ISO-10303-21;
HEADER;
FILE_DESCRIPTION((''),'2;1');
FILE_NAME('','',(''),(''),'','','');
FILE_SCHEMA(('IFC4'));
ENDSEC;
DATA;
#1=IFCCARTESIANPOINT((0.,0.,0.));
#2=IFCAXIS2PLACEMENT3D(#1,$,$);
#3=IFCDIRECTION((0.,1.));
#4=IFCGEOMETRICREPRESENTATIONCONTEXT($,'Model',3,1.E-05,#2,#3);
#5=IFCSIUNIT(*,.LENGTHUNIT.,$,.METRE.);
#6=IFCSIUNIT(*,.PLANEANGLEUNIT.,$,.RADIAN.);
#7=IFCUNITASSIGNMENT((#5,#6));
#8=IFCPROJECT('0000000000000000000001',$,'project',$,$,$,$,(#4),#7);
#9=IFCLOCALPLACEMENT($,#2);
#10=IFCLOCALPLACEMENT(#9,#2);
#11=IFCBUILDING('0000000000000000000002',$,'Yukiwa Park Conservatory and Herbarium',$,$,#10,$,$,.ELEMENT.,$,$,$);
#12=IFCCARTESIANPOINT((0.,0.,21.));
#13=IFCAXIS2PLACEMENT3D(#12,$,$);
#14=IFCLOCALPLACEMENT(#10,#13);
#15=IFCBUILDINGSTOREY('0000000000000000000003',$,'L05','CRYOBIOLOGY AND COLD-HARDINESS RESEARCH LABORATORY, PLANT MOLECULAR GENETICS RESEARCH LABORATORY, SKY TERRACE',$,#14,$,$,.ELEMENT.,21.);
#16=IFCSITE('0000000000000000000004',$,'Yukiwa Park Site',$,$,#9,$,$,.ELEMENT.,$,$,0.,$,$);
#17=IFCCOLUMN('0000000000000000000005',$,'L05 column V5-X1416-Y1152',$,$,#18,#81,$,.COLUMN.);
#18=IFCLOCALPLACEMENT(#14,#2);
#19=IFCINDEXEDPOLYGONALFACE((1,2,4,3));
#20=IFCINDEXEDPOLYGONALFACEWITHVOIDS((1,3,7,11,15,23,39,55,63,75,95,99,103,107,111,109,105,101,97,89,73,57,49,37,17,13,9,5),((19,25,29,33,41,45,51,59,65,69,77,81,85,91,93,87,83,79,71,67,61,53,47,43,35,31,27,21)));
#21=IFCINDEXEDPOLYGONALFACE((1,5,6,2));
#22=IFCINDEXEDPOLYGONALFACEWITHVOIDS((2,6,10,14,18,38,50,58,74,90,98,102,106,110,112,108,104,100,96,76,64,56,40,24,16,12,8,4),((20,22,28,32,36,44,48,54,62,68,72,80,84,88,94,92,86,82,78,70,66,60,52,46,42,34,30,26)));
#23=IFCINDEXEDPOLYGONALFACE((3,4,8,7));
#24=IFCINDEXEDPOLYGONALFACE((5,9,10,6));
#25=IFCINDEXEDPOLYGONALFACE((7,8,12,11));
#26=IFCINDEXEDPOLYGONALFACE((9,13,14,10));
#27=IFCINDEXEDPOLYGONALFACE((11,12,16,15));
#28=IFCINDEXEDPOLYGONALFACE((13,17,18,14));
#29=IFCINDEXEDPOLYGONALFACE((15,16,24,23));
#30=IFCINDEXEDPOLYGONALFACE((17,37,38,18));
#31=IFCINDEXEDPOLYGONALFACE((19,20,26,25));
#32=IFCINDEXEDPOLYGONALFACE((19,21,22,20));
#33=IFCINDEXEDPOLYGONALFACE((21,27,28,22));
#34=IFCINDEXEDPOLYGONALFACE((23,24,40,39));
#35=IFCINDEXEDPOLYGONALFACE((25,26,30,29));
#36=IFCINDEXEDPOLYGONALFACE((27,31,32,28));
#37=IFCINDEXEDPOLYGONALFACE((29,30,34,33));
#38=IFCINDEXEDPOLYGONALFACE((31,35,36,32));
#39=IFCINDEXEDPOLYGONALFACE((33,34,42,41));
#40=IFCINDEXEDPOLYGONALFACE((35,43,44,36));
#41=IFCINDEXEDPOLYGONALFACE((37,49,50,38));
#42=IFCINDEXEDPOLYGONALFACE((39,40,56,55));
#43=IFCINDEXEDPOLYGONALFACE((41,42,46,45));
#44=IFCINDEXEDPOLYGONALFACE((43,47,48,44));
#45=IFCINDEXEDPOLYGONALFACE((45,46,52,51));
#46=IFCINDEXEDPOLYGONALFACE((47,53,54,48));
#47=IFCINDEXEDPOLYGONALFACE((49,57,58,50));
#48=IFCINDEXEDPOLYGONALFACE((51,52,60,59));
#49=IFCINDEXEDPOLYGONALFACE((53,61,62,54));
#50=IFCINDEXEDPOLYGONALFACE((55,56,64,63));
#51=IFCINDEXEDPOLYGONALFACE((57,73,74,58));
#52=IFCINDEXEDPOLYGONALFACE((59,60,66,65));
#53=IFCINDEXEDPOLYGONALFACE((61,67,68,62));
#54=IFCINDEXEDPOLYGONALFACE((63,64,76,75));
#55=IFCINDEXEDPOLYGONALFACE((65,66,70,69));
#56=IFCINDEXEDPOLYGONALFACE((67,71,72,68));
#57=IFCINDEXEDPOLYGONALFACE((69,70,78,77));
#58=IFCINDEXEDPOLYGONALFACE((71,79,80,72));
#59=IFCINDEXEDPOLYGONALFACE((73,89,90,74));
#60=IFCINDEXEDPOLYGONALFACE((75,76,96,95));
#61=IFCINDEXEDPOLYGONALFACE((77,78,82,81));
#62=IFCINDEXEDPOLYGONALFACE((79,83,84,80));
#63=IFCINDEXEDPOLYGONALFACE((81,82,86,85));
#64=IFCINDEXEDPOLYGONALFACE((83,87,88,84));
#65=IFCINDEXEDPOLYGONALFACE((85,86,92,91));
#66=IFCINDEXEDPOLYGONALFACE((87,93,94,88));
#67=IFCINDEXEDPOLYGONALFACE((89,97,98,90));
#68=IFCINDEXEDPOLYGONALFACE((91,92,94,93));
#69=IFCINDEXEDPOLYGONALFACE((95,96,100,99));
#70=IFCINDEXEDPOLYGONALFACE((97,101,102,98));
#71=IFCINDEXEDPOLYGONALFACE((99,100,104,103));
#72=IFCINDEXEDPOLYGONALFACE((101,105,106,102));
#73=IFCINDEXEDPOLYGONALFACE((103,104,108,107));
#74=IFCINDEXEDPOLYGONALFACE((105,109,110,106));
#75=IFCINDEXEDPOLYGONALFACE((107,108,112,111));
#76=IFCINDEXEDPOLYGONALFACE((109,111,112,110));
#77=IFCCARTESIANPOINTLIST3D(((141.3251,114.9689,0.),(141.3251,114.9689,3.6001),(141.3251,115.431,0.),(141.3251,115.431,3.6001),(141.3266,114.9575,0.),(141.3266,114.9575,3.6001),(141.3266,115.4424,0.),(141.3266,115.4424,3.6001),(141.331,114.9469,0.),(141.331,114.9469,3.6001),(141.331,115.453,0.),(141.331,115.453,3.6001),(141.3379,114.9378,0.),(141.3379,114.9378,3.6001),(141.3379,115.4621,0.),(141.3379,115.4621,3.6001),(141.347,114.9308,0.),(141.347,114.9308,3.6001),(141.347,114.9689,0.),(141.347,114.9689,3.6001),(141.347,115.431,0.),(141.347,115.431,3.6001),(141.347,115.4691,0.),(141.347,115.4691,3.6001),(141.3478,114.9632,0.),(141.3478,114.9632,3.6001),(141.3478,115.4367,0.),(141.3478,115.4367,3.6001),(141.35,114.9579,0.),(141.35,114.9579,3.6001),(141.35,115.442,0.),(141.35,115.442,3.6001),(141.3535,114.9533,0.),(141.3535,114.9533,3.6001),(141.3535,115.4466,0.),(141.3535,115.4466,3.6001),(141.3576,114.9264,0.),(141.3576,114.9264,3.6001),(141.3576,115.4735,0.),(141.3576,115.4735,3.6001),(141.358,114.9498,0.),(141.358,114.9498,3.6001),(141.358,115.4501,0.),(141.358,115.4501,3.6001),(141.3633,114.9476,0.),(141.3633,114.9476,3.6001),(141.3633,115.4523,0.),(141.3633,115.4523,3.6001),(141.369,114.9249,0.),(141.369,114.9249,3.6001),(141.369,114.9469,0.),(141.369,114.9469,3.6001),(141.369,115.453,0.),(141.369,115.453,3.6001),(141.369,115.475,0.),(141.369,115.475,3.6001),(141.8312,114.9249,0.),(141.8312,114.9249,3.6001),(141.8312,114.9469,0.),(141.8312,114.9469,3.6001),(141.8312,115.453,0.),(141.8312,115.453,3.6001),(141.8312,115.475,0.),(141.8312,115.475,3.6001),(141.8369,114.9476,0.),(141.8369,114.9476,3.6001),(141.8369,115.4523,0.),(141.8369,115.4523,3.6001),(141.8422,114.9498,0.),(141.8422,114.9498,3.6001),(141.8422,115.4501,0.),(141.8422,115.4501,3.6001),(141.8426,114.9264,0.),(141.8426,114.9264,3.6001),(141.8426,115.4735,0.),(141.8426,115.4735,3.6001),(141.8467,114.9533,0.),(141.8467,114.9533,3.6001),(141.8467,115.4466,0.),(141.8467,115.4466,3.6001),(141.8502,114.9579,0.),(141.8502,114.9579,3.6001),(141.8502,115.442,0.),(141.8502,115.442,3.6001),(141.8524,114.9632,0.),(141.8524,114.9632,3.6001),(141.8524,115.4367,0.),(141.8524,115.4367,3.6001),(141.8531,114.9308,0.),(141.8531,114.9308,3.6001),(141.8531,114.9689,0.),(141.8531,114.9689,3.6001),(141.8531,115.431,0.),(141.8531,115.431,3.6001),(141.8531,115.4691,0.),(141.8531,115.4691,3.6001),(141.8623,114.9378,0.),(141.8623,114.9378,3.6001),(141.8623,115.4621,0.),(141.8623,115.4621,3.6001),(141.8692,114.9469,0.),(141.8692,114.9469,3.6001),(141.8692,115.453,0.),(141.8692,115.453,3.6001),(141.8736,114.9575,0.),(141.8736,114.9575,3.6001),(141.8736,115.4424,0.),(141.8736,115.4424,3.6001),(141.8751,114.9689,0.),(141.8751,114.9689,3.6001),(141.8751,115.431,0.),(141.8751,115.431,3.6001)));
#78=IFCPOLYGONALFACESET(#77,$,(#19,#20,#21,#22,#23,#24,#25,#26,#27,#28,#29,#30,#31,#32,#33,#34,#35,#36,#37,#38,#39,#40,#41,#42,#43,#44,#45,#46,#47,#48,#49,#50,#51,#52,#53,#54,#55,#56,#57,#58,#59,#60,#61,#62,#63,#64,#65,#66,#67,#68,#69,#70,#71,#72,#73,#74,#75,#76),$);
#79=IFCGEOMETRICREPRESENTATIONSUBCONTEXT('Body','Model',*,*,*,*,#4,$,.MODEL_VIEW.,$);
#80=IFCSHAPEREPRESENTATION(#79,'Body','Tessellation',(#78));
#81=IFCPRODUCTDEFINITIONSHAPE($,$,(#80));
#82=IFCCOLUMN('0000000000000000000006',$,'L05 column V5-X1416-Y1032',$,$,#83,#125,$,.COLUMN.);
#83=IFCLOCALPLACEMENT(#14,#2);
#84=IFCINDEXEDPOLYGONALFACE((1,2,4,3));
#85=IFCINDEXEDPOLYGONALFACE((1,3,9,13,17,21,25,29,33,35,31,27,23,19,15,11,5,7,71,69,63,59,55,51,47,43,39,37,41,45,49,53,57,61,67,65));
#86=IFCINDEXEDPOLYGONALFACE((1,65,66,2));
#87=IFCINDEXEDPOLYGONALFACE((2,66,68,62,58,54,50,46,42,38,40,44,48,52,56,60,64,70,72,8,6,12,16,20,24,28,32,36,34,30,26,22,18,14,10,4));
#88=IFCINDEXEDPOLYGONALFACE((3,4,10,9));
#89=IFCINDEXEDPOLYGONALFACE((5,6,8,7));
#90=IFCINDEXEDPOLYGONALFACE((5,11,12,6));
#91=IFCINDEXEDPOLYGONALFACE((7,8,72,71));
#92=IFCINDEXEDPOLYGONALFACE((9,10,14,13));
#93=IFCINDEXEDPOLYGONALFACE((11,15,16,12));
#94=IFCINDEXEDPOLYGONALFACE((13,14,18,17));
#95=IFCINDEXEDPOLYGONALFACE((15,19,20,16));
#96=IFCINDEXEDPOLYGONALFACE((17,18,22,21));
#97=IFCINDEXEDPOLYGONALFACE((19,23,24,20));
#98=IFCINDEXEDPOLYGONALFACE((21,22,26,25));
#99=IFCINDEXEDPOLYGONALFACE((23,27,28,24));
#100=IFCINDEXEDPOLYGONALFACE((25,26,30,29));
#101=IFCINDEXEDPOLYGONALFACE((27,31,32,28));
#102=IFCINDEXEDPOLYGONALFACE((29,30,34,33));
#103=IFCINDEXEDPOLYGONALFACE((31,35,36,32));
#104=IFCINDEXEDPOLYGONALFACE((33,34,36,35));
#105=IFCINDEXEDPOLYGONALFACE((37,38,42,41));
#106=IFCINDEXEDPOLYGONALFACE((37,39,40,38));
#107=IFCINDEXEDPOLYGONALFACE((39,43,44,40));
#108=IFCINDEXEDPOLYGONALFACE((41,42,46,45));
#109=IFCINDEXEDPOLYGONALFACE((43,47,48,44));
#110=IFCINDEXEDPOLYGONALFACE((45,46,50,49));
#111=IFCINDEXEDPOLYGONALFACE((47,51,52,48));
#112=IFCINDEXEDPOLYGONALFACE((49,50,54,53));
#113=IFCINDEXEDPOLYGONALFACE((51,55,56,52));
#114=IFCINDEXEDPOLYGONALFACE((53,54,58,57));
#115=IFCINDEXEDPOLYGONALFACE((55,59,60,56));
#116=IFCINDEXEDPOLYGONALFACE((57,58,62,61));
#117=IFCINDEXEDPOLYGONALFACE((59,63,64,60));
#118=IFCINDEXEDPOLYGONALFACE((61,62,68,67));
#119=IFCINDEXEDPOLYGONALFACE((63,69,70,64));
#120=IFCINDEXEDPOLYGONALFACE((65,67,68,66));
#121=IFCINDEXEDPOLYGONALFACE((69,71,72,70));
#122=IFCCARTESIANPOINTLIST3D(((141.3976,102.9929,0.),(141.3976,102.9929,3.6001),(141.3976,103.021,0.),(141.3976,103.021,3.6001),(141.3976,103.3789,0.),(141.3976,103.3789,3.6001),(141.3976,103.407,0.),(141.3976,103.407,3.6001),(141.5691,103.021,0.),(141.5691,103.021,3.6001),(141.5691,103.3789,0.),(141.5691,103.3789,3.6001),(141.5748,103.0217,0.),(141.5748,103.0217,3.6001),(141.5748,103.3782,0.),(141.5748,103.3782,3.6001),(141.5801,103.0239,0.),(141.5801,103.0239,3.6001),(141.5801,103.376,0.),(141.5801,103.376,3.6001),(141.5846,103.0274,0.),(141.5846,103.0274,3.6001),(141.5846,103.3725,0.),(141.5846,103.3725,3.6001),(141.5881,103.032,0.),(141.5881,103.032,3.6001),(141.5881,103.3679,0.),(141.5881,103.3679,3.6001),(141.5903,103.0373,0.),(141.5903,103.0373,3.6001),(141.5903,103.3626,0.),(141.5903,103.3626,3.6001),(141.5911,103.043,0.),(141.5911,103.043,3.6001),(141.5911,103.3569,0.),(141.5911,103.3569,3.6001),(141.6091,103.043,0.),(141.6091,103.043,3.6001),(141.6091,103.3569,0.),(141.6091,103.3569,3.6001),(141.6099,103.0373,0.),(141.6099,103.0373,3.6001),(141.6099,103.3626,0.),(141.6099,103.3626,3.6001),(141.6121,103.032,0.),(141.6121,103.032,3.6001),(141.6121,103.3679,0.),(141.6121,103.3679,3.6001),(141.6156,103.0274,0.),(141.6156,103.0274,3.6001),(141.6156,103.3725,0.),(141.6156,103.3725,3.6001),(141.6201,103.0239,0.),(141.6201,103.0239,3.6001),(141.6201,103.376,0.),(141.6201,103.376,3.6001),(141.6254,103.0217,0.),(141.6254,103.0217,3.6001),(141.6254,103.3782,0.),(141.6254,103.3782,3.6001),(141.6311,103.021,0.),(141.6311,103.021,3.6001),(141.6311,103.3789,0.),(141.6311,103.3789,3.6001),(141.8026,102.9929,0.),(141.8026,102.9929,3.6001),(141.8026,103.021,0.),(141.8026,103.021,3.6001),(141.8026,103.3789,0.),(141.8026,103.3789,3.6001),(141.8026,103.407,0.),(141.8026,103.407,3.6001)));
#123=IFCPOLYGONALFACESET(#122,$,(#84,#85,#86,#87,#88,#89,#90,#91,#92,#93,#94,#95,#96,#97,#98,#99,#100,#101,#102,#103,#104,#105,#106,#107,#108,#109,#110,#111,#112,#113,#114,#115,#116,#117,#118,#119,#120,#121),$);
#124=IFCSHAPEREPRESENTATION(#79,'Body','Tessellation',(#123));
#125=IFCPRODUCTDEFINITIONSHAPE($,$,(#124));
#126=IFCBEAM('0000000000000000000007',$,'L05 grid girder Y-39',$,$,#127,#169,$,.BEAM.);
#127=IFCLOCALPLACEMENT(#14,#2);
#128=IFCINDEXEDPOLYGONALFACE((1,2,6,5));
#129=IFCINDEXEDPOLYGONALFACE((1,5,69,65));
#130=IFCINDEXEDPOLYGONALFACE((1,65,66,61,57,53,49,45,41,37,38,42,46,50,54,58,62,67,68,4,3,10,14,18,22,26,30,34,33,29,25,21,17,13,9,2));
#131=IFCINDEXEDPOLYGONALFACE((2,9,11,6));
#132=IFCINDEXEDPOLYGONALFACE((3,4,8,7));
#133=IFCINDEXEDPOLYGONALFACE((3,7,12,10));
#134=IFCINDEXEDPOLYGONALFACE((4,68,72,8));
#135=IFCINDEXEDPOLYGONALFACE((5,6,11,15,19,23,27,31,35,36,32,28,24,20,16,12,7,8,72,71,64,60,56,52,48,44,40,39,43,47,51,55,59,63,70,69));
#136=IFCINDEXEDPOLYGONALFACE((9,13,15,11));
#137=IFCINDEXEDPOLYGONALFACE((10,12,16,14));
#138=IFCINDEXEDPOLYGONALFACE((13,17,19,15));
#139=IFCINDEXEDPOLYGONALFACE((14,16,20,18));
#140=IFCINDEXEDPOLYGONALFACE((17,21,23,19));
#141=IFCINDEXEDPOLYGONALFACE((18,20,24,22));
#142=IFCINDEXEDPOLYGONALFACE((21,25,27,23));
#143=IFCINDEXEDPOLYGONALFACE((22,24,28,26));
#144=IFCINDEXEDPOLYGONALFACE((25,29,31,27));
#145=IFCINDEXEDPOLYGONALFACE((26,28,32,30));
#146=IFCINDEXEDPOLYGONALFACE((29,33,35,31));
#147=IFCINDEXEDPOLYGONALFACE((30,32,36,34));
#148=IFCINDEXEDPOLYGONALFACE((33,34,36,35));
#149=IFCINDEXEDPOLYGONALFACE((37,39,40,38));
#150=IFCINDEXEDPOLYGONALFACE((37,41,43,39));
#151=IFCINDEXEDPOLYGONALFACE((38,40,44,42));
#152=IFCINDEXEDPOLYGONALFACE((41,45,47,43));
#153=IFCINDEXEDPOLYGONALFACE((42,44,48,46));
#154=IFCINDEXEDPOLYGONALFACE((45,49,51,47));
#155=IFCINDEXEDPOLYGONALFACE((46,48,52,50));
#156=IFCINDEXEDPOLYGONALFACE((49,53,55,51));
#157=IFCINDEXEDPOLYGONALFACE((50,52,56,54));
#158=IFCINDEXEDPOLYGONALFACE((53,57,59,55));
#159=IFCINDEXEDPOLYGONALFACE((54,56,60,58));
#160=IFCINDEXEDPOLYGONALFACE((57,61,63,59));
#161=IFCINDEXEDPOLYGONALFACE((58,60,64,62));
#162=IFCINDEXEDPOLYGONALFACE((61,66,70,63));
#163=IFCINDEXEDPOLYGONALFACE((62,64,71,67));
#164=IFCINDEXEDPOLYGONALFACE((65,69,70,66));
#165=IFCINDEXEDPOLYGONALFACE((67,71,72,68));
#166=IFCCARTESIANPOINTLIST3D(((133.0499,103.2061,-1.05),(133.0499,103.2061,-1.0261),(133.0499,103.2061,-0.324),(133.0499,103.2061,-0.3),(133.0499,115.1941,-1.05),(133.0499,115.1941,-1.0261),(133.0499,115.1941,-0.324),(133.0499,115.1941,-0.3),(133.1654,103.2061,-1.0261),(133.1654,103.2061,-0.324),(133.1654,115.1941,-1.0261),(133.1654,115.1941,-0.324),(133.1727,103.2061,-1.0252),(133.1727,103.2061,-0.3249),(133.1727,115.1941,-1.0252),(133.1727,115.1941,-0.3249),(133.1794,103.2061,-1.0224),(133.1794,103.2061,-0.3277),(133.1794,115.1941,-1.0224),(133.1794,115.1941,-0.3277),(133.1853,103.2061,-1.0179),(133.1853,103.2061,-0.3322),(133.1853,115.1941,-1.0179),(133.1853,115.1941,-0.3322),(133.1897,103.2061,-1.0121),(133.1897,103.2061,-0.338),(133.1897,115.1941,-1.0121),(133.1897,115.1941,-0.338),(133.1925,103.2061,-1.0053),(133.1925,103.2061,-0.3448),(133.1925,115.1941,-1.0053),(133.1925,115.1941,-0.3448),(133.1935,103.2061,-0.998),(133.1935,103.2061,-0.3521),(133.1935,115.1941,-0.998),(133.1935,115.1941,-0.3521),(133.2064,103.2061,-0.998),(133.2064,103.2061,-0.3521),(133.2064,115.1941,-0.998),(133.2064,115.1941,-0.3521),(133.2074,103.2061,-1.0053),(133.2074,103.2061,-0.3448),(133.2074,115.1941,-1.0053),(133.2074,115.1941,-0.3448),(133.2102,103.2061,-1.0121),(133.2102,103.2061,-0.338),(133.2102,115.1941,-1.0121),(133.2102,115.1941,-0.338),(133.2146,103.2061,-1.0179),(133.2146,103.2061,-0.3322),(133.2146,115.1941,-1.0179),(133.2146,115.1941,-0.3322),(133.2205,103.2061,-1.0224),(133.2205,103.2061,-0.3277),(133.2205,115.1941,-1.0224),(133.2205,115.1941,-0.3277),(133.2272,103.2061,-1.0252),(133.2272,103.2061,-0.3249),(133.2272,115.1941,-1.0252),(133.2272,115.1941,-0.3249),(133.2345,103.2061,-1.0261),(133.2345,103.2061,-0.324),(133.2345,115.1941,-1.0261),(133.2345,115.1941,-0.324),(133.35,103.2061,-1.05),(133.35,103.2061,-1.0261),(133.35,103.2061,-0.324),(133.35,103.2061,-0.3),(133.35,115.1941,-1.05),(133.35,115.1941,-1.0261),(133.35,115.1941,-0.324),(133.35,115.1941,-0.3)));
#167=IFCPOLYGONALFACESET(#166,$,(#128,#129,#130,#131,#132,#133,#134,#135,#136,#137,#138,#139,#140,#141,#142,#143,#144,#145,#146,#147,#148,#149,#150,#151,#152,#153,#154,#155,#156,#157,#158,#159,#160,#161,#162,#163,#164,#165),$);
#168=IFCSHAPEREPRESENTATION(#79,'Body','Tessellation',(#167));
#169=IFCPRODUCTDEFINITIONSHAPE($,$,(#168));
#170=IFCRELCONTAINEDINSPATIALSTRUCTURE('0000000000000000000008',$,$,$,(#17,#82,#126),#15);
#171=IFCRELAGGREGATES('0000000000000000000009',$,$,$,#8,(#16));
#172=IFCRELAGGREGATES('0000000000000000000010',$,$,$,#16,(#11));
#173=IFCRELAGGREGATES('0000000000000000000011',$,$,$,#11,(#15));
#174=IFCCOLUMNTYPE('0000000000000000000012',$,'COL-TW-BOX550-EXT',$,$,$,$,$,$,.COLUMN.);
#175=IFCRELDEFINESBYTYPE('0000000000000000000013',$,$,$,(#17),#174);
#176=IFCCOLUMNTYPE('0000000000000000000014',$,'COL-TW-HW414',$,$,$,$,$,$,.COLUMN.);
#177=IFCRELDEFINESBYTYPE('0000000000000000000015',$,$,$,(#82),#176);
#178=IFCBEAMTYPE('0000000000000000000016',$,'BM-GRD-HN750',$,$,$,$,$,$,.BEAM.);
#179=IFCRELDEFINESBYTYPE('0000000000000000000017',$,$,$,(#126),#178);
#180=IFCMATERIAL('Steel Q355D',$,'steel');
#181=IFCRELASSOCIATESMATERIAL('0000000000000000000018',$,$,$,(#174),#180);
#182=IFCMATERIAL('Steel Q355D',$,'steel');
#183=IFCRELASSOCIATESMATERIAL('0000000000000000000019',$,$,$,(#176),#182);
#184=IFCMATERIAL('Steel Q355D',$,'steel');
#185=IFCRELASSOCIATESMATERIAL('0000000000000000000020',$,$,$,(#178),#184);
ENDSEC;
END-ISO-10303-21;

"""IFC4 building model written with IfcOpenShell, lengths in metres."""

from ifc_helpers import new_model, si_unit, direction, frame, origin, origin_2d, place, context, subcontext, project, spatial, hollow_rectangle, i_section, extrude, material, material_profile, profile_set, type_object, element, save


model = new_model("IFC4")

# Units and contexts
model_context = context("Model", 3, precision=1e-05, world=origin(), true_north=direction((0.0, 1.0)))
body_context = subcontext(model_context, "Body", "Model", "MODEL_VIEW")
ifc_project = project(units=[si_unit("LENGTHUNIT", "METRE"), si_unit("PLANEANGLEUNIT", "RADIAN")], contexts=[model_context])

# Site, building, storey
site_placement = place(None, origin())
site = spatial("IfcSite", under=ifc_project, at=site_placement, Name="Yukiwa Park Site", CompositionType="ELEMENT", RefElevation=0.0)
building_placement = place(site_placement, origin())
building = spatial("IfcBuilding", under=site, at=building_placement, Name="Yukiwa Park Conservatory and Herbarium", CompositionType="ELEMENT")
storey_placement = place(building_placement, frame((0.0, 0.0, 21.0)))
storey = spatial("IfcBuildingStorey", under=building, at=storey_placement, Name="L05", Description="CRYOBIOLOGY AND COLD-HARDINESS RESEARCH LABORATORY, PLANT MOLECULAR GENETICS RESEARCH LABORATORY, SKY TERRACE", CompositionType="ELEMENT", Elevation=21.0)

# Columns
ifc_material_1 = material(Name="Steel Q355D", Category="steel")
ifc_material_profile_1 = material_profile(ifc_material_1, hollow_rectangle(XDim=0.55, YDim=0.55, WallThickness=0.022, InnerFilletRadius=0.022, OuterFilletRadius=0.0439, at=origin_2d()), Name="BOX 550x550x22")
ifc_profile_set_1 = profile_set([ifc_material_profile_1], Name="Steel Q355D")
column_type_1 = type_object("IfcColumnType", Name="COL-TW-BOX550-EXT", PredefinedType="COLUMN", material=ifc_profile_set_1)
column_1_placement = place(storey_placement, frame((141.6001, 115.2, 0.0), z_axis=(0.0, 0.0, 1.0), x_axis=(1.0, 0.0, 0.0)))
element("IfcColumn", 1, at=column_1_placement, inside=storey, type_object=column_type_1, Name="L05 column V5-X1416-Y1152", PredefinedType="COLUMN", context=body_context, shape_type="SweptSolid", body=[
    extrude(hollow_rectangle(XDim=0.55, YDim=0.55, WallThickness=0.022, InnerFilletRadius=0.022, OuterFilletRadius=0.0439, at=origin_2d()), origin(), (0.0, 0.0, 1.0), 3.6001),
])
ifc_material_2 = material(Name="Steel Q355D", Category="steel")
ifc_material_profile_2 = material_profile(ifc_material_2, i_section(OverallWidth=0.405, OverallDepth=0.4141, WebThickness=0.0181, FlangeThickness=0.0281, FilletRadius=0.022, at=origin_2d()), Name="HW 414x405x18x28")
ifc_profile_set_2 = profile_set([ifc_material_profile_2], Name="Steel Q355D")
column_type_2 = type_object("IfcColumnType", Name="COL-TW-HW414", PredefinedType="COLUMN", material=ifc_profile_set_2)
column_2_placement = place(storey_placement, frame((141.6001, 103.2, 0.0), z_axis=(0.0, 0.0, 1.0), x_axis=(1.0, 0.0, 0.0)))
element("IfcColumn", 2, at=column_2_placement, inside=storey, type_object=column_type_2, Name="L05 column V5-X1416-Y1032", PredefinedType="COLUMN", context=body_context, shape_type="SweptSolid", body=[
    extrude(i_section(OverallWidth=0.405, OverallDepth=0.4141, WebThickness=0.0181, FlangeThickness=0.0281, FilletRadius=0.022, at=origin_2d()), origin(), (0.0, 0.0, 1.0), 3.6001),
])

# Beam
ifc_material_3 = material(Name="Steel Q355D", Category="steel")
ifc_material_profile_3 = material_profile(ifc_material_3, i_section(OverallWidth=0.3, OverallDepth=0.75, WebThickness=0.0129, FlangeThickness=0.0239, FilletRadius=0.0281, at=origin_2d()), Name="HN 750x300x13x24")
ifc_profile_set_3 = profile_set([ifc_material_profile_3], Name="Steel Q355D")
beam_type_1 = type_object("IfcBeamType", Name="BM-GRD-HN750", PredefinedType="BEAM", material=ifc_profile_set_3)
for number, where, z_axis, x_axis, name in (
    (3, (133.2, 103.2061, -0.675), (0.0, 1.0, 0.0), (-1.0, 0.0, 0.0), "L05 grid girder Y-39"),
):
    element("IfcBeam", number, at=place(storey_placement, frame(where, z_axis=z_axis, x_axis=x_axis)), inside=storey, type_object=beam_type_1, Name=name, PredefinedType="BEAM", context=body_context, shape_type="SweptSolid", body=[
        extrude(i_section(OverallWidth=0.3, OverallDepth=0.75, WebThickness=0.0129, FlangeThickness=0.0239, FilletRadius=0.0281, at=origin_2d()), origin(), (0.0, 0.0, 1.0), 11.988),
    ])

save(model, "model.ifc")
